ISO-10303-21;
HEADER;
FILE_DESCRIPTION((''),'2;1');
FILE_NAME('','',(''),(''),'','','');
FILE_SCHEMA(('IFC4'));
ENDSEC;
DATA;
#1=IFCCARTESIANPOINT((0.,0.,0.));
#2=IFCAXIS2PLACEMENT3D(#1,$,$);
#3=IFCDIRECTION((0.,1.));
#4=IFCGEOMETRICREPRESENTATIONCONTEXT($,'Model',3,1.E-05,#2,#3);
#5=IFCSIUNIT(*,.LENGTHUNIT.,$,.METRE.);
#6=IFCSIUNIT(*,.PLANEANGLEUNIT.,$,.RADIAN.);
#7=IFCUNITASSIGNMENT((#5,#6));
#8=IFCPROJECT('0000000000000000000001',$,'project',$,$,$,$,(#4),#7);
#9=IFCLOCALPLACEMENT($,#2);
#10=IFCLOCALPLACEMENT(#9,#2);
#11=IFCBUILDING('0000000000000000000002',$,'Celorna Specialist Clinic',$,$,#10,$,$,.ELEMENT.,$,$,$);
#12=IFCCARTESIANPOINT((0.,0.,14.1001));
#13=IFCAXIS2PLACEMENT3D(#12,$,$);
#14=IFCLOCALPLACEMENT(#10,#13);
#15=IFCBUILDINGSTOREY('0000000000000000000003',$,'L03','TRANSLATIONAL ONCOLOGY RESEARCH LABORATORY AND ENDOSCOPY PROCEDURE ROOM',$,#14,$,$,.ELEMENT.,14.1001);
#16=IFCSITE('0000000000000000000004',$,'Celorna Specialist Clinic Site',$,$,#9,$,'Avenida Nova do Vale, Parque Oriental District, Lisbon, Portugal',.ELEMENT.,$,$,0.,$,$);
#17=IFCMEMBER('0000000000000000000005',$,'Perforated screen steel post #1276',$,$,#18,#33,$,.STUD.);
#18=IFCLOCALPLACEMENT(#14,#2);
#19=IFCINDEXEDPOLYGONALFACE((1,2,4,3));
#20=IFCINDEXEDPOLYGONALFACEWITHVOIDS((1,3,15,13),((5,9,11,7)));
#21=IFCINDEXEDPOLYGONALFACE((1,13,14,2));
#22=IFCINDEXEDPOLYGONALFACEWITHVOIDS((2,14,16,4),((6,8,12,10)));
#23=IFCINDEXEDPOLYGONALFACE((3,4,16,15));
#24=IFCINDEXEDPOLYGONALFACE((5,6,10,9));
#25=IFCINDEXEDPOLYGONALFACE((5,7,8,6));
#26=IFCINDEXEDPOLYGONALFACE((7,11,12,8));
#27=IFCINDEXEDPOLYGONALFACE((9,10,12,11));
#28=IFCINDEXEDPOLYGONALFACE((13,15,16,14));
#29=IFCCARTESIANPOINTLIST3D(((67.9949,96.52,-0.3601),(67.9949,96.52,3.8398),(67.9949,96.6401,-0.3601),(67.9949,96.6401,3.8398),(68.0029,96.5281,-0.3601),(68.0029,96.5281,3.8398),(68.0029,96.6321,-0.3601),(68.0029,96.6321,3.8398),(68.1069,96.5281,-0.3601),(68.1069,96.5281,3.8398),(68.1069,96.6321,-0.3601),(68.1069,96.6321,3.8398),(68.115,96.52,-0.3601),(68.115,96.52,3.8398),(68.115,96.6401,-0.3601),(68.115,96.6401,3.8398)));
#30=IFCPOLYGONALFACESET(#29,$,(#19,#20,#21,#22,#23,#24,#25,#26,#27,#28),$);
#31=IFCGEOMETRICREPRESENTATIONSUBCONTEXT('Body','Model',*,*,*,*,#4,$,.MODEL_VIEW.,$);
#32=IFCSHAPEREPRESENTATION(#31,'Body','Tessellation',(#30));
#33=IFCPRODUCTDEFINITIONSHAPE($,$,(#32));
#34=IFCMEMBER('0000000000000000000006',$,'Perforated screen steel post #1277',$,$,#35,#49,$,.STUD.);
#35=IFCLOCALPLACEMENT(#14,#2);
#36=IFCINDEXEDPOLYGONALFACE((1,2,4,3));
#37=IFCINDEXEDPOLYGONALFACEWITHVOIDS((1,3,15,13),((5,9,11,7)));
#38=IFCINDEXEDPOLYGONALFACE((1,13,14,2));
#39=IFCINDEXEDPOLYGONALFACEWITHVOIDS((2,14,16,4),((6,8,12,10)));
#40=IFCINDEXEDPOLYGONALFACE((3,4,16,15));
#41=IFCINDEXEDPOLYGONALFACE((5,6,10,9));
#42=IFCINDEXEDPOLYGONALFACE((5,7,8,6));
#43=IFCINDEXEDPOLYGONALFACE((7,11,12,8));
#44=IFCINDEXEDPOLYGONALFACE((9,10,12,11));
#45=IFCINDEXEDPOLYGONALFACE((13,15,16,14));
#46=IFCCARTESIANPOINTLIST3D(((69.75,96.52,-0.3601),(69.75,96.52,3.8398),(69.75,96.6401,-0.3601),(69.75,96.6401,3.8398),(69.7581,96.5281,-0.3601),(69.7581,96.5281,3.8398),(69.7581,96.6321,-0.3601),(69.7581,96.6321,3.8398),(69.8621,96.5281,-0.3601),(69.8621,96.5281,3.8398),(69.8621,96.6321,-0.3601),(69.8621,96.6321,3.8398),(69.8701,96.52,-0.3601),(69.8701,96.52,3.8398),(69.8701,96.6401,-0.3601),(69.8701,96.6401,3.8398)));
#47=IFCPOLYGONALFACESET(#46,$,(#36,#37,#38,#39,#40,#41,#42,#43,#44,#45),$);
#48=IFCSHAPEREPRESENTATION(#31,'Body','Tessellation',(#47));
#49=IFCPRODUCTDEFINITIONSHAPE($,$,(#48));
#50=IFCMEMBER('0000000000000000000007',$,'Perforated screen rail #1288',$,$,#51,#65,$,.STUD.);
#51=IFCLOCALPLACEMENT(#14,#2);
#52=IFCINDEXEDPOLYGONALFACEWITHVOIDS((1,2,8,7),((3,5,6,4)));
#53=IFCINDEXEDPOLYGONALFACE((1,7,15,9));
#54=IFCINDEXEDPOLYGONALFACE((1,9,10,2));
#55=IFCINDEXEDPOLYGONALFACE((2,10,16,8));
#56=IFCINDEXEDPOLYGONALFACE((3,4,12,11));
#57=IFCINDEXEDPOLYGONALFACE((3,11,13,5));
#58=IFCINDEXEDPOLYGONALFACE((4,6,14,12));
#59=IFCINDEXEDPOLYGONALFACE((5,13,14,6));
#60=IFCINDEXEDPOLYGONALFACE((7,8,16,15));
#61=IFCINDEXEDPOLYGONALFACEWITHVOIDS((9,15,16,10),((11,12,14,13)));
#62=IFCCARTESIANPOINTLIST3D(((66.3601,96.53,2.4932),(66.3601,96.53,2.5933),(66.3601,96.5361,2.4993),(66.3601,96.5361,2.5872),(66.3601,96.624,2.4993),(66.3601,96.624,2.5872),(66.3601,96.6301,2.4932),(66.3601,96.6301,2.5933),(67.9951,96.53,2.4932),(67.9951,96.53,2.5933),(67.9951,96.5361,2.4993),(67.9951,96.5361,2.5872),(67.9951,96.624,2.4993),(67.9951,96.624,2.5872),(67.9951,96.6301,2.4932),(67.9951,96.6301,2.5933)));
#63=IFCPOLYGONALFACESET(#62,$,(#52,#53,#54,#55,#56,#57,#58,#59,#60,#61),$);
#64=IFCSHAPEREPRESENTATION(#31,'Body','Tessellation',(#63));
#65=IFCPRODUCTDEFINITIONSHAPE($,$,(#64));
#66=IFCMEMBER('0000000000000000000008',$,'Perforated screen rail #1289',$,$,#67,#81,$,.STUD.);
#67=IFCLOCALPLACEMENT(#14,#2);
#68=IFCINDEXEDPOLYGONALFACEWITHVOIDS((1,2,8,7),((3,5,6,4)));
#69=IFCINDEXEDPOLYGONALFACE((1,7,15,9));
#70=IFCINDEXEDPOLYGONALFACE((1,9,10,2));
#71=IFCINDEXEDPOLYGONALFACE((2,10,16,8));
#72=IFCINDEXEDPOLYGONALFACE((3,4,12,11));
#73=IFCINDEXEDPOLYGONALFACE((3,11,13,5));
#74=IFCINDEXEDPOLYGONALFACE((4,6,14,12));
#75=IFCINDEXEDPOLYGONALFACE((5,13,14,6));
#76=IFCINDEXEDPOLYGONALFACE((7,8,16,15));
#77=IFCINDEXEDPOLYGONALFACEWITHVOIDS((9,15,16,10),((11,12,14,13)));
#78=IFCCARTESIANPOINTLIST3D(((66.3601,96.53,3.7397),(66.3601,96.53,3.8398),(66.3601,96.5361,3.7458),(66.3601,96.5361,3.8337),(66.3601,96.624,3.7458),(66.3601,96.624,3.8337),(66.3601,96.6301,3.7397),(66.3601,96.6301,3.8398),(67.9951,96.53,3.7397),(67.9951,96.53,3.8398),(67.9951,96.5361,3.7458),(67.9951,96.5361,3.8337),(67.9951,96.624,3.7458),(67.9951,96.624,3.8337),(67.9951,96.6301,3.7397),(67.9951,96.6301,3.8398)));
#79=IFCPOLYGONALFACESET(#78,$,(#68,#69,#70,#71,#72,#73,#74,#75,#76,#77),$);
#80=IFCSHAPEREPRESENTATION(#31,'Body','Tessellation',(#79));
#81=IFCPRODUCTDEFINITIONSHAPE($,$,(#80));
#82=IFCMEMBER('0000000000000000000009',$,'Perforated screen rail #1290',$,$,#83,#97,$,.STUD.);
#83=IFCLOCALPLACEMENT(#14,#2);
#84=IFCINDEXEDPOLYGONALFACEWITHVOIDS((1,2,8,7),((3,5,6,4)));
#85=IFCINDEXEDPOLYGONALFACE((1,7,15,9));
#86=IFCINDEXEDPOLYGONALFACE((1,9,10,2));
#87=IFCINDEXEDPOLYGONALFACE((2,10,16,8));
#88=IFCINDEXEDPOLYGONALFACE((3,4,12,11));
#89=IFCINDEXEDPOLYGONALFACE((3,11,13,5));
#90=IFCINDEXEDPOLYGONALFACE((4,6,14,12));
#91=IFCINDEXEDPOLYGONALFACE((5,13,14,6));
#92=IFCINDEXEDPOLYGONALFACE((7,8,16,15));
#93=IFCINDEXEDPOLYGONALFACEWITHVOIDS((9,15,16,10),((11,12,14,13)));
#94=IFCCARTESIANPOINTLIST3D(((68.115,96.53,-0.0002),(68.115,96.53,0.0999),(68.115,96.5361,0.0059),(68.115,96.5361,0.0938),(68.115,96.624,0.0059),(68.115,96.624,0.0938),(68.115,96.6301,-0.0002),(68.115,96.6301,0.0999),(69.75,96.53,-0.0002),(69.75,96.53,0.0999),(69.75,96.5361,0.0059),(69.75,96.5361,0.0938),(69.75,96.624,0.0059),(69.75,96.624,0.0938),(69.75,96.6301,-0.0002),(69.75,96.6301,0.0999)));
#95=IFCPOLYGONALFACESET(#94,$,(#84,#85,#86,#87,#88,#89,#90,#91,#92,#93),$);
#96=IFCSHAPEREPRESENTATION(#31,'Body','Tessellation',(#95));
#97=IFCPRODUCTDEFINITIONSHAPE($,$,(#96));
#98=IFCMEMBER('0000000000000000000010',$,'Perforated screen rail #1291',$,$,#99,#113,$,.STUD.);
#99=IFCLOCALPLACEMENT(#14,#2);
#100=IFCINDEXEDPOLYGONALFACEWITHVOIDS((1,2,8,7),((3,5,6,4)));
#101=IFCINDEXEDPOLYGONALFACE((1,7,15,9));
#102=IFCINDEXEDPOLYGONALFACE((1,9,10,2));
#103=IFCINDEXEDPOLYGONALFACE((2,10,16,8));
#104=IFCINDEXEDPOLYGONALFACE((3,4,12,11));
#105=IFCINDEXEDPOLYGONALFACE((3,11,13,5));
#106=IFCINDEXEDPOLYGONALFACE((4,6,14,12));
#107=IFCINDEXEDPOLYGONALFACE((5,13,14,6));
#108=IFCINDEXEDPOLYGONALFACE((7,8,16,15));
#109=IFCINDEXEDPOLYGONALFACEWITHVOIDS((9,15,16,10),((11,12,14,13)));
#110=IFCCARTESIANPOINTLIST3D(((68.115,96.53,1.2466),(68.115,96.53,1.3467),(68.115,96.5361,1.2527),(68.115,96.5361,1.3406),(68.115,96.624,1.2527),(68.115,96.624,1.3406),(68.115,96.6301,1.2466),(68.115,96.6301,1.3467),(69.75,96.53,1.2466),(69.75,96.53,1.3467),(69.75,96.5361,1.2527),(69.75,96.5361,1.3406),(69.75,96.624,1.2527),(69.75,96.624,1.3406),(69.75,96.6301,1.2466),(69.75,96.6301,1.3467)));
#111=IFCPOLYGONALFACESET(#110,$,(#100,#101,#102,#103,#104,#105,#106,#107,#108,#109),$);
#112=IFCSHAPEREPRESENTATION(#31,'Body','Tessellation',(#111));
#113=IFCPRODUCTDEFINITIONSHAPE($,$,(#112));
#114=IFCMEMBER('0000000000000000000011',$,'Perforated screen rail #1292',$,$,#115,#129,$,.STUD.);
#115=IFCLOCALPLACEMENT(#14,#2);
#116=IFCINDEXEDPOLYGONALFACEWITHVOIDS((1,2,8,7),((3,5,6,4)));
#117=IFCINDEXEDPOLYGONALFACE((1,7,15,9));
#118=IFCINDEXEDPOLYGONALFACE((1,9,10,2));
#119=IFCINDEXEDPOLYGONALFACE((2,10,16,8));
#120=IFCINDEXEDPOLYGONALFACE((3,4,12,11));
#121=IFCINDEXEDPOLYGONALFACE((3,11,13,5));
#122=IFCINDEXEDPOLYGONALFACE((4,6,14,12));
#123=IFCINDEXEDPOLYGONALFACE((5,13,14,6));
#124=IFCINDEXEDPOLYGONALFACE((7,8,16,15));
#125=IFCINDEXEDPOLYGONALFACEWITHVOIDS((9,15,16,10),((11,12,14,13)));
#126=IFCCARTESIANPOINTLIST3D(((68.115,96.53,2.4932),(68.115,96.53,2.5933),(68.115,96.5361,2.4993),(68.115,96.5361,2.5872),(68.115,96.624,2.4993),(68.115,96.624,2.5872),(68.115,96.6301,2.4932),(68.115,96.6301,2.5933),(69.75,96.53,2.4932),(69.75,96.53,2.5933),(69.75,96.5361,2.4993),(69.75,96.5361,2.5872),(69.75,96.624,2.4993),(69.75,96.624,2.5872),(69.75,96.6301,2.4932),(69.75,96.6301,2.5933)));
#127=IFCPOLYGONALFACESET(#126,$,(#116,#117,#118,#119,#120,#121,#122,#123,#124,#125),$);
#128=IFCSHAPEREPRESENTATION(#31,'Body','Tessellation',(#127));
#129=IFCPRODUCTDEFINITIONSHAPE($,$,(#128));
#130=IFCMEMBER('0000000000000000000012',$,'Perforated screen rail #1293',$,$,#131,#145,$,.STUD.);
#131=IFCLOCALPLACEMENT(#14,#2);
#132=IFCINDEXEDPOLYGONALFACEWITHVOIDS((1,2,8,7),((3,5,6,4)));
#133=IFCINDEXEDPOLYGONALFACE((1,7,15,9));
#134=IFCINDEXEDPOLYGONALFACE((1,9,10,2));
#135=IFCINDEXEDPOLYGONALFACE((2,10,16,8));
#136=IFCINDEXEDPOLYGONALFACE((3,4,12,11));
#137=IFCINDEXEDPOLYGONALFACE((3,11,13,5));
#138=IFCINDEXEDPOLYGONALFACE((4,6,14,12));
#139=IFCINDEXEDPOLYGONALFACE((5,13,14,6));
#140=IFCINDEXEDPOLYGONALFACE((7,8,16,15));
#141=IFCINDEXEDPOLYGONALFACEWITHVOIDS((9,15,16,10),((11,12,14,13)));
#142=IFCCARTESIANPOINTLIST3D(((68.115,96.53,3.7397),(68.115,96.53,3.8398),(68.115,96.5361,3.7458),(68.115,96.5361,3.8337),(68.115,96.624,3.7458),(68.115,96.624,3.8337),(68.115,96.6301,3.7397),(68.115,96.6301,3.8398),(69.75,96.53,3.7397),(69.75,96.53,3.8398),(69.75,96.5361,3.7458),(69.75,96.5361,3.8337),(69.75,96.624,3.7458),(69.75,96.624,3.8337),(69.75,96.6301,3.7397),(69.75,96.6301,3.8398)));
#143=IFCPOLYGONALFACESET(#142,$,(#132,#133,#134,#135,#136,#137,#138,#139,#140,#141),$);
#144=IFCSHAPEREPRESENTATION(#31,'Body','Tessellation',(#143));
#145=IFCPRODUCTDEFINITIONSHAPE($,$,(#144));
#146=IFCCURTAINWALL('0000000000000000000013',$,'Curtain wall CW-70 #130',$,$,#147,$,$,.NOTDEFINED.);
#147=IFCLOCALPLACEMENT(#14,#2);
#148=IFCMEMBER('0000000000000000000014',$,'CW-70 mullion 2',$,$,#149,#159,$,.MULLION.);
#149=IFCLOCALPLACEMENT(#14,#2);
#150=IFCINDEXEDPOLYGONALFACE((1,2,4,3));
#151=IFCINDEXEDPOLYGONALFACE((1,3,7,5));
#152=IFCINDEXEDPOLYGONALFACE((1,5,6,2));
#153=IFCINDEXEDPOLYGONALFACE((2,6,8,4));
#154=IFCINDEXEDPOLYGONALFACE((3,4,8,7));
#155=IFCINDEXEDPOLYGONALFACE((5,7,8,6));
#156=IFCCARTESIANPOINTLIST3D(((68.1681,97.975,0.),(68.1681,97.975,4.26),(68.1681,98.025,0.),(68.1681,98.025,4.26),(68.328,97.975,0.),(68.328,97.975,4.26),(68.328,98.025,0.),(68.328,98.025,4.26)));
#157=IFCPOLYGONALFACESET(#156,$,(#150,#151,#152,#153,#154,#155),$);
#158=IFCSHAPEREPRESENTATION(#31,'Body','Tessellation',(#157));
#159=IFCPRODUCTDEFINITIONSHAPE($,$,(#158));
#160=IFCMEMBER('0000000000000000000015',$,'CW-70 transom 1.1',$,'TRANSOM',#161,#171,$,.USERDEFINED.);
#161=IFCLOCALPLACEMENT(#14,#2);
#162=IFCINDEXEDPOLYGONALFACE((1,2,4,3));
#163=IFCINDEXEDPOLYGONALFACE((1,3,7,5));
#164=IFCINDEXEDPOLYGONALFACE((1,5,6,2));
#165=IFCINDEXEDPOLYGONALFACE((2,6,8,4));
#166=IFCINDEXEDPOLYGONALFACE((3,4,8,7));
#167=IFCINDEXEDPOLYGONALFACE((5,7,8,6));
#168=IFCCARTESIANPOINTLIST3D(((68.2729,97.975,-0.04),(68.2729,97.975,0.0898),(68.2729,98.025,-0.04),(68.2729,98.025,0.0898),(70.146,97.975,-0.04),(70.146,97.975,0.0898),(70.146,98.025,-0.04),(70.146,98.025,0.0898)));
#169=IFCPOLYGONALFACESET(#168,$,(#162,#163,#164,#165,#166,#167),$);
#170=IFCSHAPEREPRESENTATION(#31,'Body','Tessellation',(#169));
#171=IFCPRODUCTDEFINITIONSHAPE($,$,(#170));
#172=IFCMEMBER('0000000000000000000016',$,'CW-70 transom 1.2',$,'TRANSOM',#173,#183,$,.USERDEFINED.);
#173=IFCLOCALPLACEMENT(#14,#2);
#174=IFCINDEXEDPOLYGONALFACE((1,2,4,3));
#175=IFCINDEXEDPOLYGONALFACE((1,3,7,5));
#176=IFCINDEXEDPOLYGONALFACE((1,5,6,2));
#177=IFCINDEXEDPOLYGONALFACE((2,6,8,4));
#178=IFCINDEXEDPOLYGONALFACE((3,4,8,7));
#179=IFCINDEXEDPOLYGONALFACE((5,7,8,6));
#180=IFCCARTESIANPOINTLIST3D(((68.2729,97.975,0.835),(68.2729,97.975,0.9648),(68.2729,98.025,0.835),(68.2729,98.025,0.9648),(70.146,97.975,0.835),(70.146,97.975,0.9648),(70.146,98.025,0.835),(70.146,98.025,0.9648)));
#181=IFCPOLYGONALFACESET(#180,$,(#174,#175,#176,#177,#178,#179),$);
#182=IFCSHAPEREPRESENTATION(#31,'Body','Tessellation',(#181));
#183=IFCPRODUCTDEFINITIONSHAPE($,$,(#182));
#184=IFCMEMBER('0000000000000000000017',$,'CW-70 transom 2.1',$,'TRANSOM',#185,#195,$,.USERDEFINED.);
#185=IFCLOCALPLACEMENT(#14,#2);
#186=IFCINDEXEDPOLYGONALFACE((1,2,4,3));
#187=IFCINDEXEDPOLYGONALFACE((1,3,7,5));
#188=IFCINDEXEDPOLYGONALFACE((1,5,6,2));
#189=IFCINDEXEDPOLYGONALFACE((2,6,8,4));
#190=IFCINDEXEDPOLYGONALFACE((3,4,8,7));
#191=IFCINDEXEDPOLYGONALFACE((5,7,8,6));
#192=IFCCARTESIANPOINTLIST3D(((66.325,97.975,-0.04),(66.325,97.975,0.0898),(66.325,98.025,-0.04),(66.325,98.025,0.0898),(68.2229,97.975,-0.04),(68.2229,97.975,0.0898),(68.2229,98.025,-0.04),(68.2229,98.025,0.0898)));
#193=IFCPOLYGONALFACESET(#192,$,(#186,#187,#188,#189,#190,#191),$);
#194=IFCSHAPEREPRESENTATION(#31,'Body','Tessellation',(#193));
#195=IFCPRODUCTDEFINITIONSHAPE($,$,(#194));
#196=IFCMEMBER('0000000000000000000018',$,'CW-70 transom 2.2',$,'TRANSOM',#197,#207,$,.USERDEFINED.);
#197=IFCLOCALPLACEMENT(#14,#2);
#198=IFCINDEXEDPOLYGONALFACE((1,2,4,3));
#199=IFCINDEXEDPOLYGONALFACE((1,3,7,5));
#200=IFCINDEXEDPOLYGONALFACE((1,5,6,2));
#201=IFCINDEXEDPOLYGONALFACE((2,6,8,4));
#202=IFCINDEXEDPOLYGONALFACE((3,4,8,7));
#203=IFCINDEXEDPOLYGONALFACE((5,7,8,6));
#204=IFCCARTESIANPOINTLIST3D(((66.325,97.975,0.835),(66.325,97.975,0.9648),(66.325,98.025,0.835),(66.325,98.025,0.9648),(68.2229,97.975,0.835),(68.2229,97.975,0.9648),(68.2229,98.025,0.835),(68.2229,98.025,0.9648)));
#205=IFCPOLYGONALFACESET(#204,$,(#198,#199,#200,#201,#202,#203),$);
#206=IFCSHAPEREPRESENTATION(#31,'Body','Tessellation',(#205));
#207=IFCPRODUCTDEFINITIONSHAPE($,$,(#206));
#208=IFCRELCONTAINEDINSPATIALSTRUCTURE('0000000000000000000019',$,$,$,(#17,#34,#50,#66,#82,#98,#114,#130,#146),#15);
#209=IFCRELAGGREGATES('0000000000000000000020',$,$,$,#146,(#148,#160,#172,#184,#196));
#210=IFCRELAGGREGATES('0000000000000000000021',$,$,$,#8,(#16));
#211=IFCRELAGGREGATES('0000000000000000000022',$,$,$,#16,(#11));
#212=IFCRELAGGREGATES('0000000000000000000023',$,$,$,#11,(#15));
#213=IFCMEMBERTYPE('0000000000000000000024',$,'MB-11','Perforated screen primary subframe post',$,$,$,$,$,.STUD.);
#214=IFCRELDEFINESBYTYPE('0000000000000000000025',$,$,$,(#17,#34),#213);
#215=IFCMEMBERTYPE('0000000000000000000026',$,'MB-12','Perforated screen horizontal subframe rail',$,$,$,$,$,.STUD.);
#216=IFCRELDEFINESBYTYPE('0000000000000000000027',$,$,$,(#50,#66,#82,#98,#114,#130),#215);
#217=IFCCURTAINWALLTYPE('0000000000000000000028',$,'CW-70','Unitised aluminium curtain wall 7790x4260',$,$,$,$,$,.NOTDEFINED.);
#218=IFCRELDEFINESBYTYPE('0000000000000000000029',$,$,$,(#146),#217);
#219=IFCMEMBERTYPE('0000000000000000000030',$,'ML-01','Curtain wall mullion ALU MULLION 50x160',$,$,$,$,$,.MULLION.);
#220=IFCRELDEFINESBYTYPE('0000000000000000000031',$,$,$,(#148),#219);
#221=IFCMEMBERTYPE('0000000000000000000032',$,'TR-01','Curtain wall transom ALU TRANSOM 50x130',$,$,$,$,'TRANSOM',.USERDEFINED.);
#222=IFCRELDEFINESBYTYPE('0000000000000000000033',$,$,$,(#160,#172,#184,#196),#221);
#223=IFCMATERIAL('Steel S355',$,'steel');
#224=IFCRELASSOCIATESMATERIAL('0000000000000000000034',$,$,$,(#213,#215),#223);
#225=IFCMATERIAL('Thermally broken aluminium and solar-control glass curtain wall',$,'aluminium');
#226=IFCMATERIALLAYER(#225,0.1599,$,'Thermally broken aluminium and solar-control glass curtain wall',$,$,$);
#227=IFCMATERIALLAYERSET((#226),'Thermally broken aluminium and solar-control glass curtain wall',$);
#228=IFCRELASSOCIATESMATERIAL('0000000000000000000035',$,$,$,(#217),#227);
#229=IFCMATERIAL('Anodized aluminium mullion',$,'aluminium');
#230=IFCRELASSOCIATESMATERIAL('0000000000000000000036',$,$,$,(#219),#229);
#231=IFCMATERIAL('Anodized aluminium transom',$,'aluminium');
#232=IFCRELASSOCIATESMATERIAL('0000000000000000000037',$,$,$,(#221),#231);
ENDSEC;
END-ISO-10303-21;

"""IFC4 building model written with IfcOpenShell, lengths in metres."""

from ifc_helpers import new_model, si_unit, direction, frame, origin, origin_2d, place, context, subcontext, project, spatial, rectangle, hollow_rectangle, extrude, material, layer, layer_set, material_profile, profile_set, type_object, element, aggregate, save


model = new_model("IFC4")

# Units and contexts
model_context = context("Model", 3, precision=1e-05, world=origin(), true_north=direction((0.0, 1.0)))
body_context = subcontext(model_context, "Body", "Model", "MODEL_VIEW")
ifc_project = project(units=[si_unit("LENGTHUNIT", "METRE"), si_unit("PLANEANGLEUNIT", "RADIAN")], contexts=[model_context])

# Site, building, storey
site_placement = place(None, origin())
site = spatial("IfcSite", under=ifc_project, at=site_placement, Name="Celorna Specialist Clinic Site", LongName="Avenida Nova do Vale, Parque Oriental District, Lisbon, Portugal", CompositionType="ELEMENT", RefElevation=0.0)
building_placement = place(site_placement, origin())
building = spatial("IfcBuilding", under=site, at=building_placement, Name="Celorna Specialist Clinic", CompositionType="ELEMENT")
storey_placement = place(building_placement, frame((0.0, 0.0, 14.1001)))
storey = spatial("IfcBuildingStorey", under=building, at=storey_placement, Name="L03", Description="TRANSLATIONAL ONCOLOGY RESEARCH LABORATORY AND ENDOSCOPY PROCEDURE ROOM", CompositionType="ELEMENT", Elevation=14.1001)

# Members
ifc_material_1 = material(Name="Steel S355", Category="steel")
ifc_material_profile_1 = material_profile(ifc_material_1, hollow_rectangle(XDim=0.1201, YDim=0.1201, WallThickness=0.0081, at=origin_2d()), Name="SHS 120x120x8")
ifc_profile_set_1 = profile_set([ifc_material_profile_1], Name="Steel S355")
member_type_1 = type_object("IfcMemberType", Name="MB-11", Description="Perforated screen primary subframe post", PredefinedType="STUD", material=ifc_profile_set_1)
for number, where, z_axis, x_axis, name in (
    (1, (68.0549, 96.5801, -0.3601), (0.0, 0.0, 1.0), (1.0, 0.0, 0.0), "Perforated screen steel post #1276"),
    (2, (69.8101, 96.5801, -0.3601), (0.0, 0.0, 1.0), (1.0, 0.0, 0.0), "Perforated screen steel post #1277"),
):
    element("IfcMember", number, at=place(storey_placement, frame(where, z_axis=z_axis, x_axis=x_axis)), inside=storey, type_object=member_type_1, Name=name, PredefinedType="STUD", context=body_context, shape_type="SweptSolid", body=[
        extrude(hollow_rectangle(XDim=0.1201, YDim=0.1201, WallThickness=0.0081, at=origin_2d()), origin(), (0.0, 0.0, 1.0), 4.2),
    ])
ifc_material_profile_2 = material_profile(ifc_material_1, hollow_rectangle(XDim=0.1001, YDim=0.1001, WallThickness=0.0061, at=origin_2d()), Name="SHS 100x100x6")
ifc_profile_set_2 = profile_set([ifc_material_profile_2], Name="Steel S355")
member_type_2 = type_object("IfcMemberType", Name="MB-12", Description="Perforated screen horizontal subframe rail", PredefinedType="STUD", material=ifc_profile_set_2)
for number, where, z_axis, x_axis, name in (
    (3, (66.3601, 96.5801, 2.5432), (1.0, 0.0, 0.0), (0.0, 1.0, 0.0), "Perforated screen rail #1288"),
    (4, (66.3601, 96.5801, 3.7898), (1.0, 0.0, 0.0), (0.0, 1.0, 0.0), "Perforated screen rail #1289"),
    (5, (68.115, 96.5801, 0.0498), (1.0, 0.0, 0.0), (0.0, 1.0, 0.0), "Perforated screen rail #1290"),
    (6, (68.115, 96.5801, 1.2966), (1.0, 0.0, 0.0), (0.0, 1.0, 0.0), "Perforated screen rail #1291"),
    (7, (68.115, 96.5801, 2.5432), (1.0, 0.0, 0.0), (0.0, 1.0, 0.0), "Perforated screen rail #1292"),
    (8, (68.115, 96.5801, 3.7898), (1.0, 0.0, 0.0), (0.0, 1.0, 0.0), "Perforated screen rail #1293"),
):
    element("IfcMember", number, at=place(storey_placement, frame(where, z_axis=z_axis, x_axis=x_axis)), inside=storey, type_object=member_type_2, Name=name, PredefinedType="STUD", context=body_context, shape_type="SweptSolid", body=[
        extrude(hollow_rectangle(XDim=0.1001, YDim=0.1001, WallThickness=0.0061, at=origin_2d()), origin(), (0.0, 0.0, 1.0), 1.635),
    ])

# Curtain wall, members
ifc_material_2 = material(Name="Thermally broken aluminium and solar-control glass curtain wall", Category="aluminium")
ifc_layer_1 = layer(ifc_material_2, 0.1599, Name="Thermally broken aluminium and solar-control glass curtain wall")
ifc_layer_set_1 = layer_set([ifc_layer_1], Name="Thermally broken aluminium and solar-control glass curtain wall")
curtain_wall_type = type_object("IfcCurtainWallType", Name="CW-70", Description="Unitised aluminium curtain wall 7790x4260", PredefinedType="NOTDEFINED", material=ifc_layer_set_1)
curtain_wall_placement = place(storey_placement, origin())
curtain_wall = element("IfcCurtainWall", 9, at=curtain_wall_placement, inside=storey, type_object=curtain_wall_type, Name="Curtain wall CW-70 #130", PredefinedType="NOTDEFINED")
ifc_material_3 = material(Name="Anodized aluminium mullion", Category="aluminium")
ifc_material_profile_3 = material_profile(ifc_material_3, rectangle(XDim=0.05, YDim=0.1599, at=origin_2d()), Name="ALU MULLION 50x160")
ifc_profile_set_3 = profile_set([ifc_material_profile_3], Name="Anodized aluminium mullion")
member_type_3 = type_object("IfcMemberType", Name="ML-01", Description="Curtain wall mullion ALU MULLION 50x160", PredefinedType="MULLION", material=ifc_profile_set_3)
member_1_placement = place(storey_placement, frame((68.248, 98.0, 0.0), z_axis=(0.0, 0.0, 1.0), x_axis=(0.0, -1.0, 0.0)))
member_1 = element("IfcMember", 10, at=member_1_placement, type_object=member_type_3, Name="CW-70 mullion 2", PredefinedType="MULLION", context=body_context, shape_type="SweptSolid", body=[
    extrude(rectangle(XDim=0.05, YDim=0.1599, at=origin_2d()), origin(), (0.0, 0.0, 1.0), 4.26),
])
ifc_material_4 = material(Name="Anodized aluminium transom", Category="aluminium")
ifc_material_profile_4 = material_profile(ifc_material_4, rectangle(XDim=0.05, YDim=0.1299, at=origin_2d()), Name="ALU TRANSOM 50x130")
ifc_profile_set_4 = profile_set([ifc_material_profile_4], Name="Anodized aluminium transom")
member_type_4 = type_object("IfcMemberType", Name="TR-01", Description="Curtain wall transom ALU TRANSOM 50x130", ElementType="TRANSOM", PredefinedType="USERDEFINED", material=ifc_profile_set_4)
member_2_placement = place(storey_placement, frame((70.146, 98.0, 0.0249), z_axis=(-1.0, 0.0, 0.0), x_axis=(0.0, -1.0, 0.0)))
member_2 = element("IfcMember", 11, at=member_2_placement, type_object=member_type_4, Name="CW-70 transom 1.1", ObjectType="TRANSOM", PredefinedType="USERDEFINED", context=body_context, shape_type="SweptSolid", body=[
    extrude(rectangle(XDim=0.05, YDim=0.1299, at=origin_2d()), origin(), (0.0, 0.0, 1.0), 1.873),
])
member_3_placement = place(storey_placement, frame((70.146, 98.0, 0.8999), z_axis=(-1.0, 0.0, 0.0), x_axis=(0.0, -1.0, 0.0)))
member_3 = element("IfcMember", 12, at=member_3_placement, type_object=member_type_4, Name="CW-70 transom 1.2", ObjectType="TRANSOM", PredefinedType="USERDEFINED", context=body_context, shape_type="SweptSolid", body=[
    extrude(rectangle(XDim=0.05, YDim=0.1299, at=origin_2d()), origin(), (0.0, 0.0, 1.0), 1.873),
])
member_4_placement = place(storey_placement, frame((68.2229, 98.0, 0.0249), z_axis=(-1.0, 0.0, 0.0), x_axis=(0.0, -1.0, 0.0)))
member_4 = element("IfcMember", 13, at=member_4_placement, type_object=member_type_4, Name="CW-70 transom 2.1", ObjectType="TRANSOM", PredefinedType="USERDEFINED", context=body_context, shape_type="SweptSolid", body=[
    extrude(rectangle(XDim=0.05, YDim=0.1299, at=origin_2d()), origin(), (0.0, 0.0, 1.0), 1.8979),
])
member_5_placement = place(storey_placement, frame((68.2229, 98.0, 0.8999), z_axis=(-1.0, 0.0, 0.0), x_axis=(0.0, -1.0, 0.0)))
member_5 = element("IfcMember", 14, at=member_5_placement, type_object=member_type_4, Name="CW-70 transom 2.2", ObjectType="TRANSOM", PredefinedType="USERDEFINED", context=body_context, shape_type="SweptSolid", body=[
    extrude(rectangle(XDim=0.05, YDim=0.1299, at=origin_2d()), origin(), (0.0, 0.0, 1.0), 1.8979),
])
aggregate(curtain_wall, [member_1, member_2, member_3, member_4, member_5])

save(model, "model.ifc")
